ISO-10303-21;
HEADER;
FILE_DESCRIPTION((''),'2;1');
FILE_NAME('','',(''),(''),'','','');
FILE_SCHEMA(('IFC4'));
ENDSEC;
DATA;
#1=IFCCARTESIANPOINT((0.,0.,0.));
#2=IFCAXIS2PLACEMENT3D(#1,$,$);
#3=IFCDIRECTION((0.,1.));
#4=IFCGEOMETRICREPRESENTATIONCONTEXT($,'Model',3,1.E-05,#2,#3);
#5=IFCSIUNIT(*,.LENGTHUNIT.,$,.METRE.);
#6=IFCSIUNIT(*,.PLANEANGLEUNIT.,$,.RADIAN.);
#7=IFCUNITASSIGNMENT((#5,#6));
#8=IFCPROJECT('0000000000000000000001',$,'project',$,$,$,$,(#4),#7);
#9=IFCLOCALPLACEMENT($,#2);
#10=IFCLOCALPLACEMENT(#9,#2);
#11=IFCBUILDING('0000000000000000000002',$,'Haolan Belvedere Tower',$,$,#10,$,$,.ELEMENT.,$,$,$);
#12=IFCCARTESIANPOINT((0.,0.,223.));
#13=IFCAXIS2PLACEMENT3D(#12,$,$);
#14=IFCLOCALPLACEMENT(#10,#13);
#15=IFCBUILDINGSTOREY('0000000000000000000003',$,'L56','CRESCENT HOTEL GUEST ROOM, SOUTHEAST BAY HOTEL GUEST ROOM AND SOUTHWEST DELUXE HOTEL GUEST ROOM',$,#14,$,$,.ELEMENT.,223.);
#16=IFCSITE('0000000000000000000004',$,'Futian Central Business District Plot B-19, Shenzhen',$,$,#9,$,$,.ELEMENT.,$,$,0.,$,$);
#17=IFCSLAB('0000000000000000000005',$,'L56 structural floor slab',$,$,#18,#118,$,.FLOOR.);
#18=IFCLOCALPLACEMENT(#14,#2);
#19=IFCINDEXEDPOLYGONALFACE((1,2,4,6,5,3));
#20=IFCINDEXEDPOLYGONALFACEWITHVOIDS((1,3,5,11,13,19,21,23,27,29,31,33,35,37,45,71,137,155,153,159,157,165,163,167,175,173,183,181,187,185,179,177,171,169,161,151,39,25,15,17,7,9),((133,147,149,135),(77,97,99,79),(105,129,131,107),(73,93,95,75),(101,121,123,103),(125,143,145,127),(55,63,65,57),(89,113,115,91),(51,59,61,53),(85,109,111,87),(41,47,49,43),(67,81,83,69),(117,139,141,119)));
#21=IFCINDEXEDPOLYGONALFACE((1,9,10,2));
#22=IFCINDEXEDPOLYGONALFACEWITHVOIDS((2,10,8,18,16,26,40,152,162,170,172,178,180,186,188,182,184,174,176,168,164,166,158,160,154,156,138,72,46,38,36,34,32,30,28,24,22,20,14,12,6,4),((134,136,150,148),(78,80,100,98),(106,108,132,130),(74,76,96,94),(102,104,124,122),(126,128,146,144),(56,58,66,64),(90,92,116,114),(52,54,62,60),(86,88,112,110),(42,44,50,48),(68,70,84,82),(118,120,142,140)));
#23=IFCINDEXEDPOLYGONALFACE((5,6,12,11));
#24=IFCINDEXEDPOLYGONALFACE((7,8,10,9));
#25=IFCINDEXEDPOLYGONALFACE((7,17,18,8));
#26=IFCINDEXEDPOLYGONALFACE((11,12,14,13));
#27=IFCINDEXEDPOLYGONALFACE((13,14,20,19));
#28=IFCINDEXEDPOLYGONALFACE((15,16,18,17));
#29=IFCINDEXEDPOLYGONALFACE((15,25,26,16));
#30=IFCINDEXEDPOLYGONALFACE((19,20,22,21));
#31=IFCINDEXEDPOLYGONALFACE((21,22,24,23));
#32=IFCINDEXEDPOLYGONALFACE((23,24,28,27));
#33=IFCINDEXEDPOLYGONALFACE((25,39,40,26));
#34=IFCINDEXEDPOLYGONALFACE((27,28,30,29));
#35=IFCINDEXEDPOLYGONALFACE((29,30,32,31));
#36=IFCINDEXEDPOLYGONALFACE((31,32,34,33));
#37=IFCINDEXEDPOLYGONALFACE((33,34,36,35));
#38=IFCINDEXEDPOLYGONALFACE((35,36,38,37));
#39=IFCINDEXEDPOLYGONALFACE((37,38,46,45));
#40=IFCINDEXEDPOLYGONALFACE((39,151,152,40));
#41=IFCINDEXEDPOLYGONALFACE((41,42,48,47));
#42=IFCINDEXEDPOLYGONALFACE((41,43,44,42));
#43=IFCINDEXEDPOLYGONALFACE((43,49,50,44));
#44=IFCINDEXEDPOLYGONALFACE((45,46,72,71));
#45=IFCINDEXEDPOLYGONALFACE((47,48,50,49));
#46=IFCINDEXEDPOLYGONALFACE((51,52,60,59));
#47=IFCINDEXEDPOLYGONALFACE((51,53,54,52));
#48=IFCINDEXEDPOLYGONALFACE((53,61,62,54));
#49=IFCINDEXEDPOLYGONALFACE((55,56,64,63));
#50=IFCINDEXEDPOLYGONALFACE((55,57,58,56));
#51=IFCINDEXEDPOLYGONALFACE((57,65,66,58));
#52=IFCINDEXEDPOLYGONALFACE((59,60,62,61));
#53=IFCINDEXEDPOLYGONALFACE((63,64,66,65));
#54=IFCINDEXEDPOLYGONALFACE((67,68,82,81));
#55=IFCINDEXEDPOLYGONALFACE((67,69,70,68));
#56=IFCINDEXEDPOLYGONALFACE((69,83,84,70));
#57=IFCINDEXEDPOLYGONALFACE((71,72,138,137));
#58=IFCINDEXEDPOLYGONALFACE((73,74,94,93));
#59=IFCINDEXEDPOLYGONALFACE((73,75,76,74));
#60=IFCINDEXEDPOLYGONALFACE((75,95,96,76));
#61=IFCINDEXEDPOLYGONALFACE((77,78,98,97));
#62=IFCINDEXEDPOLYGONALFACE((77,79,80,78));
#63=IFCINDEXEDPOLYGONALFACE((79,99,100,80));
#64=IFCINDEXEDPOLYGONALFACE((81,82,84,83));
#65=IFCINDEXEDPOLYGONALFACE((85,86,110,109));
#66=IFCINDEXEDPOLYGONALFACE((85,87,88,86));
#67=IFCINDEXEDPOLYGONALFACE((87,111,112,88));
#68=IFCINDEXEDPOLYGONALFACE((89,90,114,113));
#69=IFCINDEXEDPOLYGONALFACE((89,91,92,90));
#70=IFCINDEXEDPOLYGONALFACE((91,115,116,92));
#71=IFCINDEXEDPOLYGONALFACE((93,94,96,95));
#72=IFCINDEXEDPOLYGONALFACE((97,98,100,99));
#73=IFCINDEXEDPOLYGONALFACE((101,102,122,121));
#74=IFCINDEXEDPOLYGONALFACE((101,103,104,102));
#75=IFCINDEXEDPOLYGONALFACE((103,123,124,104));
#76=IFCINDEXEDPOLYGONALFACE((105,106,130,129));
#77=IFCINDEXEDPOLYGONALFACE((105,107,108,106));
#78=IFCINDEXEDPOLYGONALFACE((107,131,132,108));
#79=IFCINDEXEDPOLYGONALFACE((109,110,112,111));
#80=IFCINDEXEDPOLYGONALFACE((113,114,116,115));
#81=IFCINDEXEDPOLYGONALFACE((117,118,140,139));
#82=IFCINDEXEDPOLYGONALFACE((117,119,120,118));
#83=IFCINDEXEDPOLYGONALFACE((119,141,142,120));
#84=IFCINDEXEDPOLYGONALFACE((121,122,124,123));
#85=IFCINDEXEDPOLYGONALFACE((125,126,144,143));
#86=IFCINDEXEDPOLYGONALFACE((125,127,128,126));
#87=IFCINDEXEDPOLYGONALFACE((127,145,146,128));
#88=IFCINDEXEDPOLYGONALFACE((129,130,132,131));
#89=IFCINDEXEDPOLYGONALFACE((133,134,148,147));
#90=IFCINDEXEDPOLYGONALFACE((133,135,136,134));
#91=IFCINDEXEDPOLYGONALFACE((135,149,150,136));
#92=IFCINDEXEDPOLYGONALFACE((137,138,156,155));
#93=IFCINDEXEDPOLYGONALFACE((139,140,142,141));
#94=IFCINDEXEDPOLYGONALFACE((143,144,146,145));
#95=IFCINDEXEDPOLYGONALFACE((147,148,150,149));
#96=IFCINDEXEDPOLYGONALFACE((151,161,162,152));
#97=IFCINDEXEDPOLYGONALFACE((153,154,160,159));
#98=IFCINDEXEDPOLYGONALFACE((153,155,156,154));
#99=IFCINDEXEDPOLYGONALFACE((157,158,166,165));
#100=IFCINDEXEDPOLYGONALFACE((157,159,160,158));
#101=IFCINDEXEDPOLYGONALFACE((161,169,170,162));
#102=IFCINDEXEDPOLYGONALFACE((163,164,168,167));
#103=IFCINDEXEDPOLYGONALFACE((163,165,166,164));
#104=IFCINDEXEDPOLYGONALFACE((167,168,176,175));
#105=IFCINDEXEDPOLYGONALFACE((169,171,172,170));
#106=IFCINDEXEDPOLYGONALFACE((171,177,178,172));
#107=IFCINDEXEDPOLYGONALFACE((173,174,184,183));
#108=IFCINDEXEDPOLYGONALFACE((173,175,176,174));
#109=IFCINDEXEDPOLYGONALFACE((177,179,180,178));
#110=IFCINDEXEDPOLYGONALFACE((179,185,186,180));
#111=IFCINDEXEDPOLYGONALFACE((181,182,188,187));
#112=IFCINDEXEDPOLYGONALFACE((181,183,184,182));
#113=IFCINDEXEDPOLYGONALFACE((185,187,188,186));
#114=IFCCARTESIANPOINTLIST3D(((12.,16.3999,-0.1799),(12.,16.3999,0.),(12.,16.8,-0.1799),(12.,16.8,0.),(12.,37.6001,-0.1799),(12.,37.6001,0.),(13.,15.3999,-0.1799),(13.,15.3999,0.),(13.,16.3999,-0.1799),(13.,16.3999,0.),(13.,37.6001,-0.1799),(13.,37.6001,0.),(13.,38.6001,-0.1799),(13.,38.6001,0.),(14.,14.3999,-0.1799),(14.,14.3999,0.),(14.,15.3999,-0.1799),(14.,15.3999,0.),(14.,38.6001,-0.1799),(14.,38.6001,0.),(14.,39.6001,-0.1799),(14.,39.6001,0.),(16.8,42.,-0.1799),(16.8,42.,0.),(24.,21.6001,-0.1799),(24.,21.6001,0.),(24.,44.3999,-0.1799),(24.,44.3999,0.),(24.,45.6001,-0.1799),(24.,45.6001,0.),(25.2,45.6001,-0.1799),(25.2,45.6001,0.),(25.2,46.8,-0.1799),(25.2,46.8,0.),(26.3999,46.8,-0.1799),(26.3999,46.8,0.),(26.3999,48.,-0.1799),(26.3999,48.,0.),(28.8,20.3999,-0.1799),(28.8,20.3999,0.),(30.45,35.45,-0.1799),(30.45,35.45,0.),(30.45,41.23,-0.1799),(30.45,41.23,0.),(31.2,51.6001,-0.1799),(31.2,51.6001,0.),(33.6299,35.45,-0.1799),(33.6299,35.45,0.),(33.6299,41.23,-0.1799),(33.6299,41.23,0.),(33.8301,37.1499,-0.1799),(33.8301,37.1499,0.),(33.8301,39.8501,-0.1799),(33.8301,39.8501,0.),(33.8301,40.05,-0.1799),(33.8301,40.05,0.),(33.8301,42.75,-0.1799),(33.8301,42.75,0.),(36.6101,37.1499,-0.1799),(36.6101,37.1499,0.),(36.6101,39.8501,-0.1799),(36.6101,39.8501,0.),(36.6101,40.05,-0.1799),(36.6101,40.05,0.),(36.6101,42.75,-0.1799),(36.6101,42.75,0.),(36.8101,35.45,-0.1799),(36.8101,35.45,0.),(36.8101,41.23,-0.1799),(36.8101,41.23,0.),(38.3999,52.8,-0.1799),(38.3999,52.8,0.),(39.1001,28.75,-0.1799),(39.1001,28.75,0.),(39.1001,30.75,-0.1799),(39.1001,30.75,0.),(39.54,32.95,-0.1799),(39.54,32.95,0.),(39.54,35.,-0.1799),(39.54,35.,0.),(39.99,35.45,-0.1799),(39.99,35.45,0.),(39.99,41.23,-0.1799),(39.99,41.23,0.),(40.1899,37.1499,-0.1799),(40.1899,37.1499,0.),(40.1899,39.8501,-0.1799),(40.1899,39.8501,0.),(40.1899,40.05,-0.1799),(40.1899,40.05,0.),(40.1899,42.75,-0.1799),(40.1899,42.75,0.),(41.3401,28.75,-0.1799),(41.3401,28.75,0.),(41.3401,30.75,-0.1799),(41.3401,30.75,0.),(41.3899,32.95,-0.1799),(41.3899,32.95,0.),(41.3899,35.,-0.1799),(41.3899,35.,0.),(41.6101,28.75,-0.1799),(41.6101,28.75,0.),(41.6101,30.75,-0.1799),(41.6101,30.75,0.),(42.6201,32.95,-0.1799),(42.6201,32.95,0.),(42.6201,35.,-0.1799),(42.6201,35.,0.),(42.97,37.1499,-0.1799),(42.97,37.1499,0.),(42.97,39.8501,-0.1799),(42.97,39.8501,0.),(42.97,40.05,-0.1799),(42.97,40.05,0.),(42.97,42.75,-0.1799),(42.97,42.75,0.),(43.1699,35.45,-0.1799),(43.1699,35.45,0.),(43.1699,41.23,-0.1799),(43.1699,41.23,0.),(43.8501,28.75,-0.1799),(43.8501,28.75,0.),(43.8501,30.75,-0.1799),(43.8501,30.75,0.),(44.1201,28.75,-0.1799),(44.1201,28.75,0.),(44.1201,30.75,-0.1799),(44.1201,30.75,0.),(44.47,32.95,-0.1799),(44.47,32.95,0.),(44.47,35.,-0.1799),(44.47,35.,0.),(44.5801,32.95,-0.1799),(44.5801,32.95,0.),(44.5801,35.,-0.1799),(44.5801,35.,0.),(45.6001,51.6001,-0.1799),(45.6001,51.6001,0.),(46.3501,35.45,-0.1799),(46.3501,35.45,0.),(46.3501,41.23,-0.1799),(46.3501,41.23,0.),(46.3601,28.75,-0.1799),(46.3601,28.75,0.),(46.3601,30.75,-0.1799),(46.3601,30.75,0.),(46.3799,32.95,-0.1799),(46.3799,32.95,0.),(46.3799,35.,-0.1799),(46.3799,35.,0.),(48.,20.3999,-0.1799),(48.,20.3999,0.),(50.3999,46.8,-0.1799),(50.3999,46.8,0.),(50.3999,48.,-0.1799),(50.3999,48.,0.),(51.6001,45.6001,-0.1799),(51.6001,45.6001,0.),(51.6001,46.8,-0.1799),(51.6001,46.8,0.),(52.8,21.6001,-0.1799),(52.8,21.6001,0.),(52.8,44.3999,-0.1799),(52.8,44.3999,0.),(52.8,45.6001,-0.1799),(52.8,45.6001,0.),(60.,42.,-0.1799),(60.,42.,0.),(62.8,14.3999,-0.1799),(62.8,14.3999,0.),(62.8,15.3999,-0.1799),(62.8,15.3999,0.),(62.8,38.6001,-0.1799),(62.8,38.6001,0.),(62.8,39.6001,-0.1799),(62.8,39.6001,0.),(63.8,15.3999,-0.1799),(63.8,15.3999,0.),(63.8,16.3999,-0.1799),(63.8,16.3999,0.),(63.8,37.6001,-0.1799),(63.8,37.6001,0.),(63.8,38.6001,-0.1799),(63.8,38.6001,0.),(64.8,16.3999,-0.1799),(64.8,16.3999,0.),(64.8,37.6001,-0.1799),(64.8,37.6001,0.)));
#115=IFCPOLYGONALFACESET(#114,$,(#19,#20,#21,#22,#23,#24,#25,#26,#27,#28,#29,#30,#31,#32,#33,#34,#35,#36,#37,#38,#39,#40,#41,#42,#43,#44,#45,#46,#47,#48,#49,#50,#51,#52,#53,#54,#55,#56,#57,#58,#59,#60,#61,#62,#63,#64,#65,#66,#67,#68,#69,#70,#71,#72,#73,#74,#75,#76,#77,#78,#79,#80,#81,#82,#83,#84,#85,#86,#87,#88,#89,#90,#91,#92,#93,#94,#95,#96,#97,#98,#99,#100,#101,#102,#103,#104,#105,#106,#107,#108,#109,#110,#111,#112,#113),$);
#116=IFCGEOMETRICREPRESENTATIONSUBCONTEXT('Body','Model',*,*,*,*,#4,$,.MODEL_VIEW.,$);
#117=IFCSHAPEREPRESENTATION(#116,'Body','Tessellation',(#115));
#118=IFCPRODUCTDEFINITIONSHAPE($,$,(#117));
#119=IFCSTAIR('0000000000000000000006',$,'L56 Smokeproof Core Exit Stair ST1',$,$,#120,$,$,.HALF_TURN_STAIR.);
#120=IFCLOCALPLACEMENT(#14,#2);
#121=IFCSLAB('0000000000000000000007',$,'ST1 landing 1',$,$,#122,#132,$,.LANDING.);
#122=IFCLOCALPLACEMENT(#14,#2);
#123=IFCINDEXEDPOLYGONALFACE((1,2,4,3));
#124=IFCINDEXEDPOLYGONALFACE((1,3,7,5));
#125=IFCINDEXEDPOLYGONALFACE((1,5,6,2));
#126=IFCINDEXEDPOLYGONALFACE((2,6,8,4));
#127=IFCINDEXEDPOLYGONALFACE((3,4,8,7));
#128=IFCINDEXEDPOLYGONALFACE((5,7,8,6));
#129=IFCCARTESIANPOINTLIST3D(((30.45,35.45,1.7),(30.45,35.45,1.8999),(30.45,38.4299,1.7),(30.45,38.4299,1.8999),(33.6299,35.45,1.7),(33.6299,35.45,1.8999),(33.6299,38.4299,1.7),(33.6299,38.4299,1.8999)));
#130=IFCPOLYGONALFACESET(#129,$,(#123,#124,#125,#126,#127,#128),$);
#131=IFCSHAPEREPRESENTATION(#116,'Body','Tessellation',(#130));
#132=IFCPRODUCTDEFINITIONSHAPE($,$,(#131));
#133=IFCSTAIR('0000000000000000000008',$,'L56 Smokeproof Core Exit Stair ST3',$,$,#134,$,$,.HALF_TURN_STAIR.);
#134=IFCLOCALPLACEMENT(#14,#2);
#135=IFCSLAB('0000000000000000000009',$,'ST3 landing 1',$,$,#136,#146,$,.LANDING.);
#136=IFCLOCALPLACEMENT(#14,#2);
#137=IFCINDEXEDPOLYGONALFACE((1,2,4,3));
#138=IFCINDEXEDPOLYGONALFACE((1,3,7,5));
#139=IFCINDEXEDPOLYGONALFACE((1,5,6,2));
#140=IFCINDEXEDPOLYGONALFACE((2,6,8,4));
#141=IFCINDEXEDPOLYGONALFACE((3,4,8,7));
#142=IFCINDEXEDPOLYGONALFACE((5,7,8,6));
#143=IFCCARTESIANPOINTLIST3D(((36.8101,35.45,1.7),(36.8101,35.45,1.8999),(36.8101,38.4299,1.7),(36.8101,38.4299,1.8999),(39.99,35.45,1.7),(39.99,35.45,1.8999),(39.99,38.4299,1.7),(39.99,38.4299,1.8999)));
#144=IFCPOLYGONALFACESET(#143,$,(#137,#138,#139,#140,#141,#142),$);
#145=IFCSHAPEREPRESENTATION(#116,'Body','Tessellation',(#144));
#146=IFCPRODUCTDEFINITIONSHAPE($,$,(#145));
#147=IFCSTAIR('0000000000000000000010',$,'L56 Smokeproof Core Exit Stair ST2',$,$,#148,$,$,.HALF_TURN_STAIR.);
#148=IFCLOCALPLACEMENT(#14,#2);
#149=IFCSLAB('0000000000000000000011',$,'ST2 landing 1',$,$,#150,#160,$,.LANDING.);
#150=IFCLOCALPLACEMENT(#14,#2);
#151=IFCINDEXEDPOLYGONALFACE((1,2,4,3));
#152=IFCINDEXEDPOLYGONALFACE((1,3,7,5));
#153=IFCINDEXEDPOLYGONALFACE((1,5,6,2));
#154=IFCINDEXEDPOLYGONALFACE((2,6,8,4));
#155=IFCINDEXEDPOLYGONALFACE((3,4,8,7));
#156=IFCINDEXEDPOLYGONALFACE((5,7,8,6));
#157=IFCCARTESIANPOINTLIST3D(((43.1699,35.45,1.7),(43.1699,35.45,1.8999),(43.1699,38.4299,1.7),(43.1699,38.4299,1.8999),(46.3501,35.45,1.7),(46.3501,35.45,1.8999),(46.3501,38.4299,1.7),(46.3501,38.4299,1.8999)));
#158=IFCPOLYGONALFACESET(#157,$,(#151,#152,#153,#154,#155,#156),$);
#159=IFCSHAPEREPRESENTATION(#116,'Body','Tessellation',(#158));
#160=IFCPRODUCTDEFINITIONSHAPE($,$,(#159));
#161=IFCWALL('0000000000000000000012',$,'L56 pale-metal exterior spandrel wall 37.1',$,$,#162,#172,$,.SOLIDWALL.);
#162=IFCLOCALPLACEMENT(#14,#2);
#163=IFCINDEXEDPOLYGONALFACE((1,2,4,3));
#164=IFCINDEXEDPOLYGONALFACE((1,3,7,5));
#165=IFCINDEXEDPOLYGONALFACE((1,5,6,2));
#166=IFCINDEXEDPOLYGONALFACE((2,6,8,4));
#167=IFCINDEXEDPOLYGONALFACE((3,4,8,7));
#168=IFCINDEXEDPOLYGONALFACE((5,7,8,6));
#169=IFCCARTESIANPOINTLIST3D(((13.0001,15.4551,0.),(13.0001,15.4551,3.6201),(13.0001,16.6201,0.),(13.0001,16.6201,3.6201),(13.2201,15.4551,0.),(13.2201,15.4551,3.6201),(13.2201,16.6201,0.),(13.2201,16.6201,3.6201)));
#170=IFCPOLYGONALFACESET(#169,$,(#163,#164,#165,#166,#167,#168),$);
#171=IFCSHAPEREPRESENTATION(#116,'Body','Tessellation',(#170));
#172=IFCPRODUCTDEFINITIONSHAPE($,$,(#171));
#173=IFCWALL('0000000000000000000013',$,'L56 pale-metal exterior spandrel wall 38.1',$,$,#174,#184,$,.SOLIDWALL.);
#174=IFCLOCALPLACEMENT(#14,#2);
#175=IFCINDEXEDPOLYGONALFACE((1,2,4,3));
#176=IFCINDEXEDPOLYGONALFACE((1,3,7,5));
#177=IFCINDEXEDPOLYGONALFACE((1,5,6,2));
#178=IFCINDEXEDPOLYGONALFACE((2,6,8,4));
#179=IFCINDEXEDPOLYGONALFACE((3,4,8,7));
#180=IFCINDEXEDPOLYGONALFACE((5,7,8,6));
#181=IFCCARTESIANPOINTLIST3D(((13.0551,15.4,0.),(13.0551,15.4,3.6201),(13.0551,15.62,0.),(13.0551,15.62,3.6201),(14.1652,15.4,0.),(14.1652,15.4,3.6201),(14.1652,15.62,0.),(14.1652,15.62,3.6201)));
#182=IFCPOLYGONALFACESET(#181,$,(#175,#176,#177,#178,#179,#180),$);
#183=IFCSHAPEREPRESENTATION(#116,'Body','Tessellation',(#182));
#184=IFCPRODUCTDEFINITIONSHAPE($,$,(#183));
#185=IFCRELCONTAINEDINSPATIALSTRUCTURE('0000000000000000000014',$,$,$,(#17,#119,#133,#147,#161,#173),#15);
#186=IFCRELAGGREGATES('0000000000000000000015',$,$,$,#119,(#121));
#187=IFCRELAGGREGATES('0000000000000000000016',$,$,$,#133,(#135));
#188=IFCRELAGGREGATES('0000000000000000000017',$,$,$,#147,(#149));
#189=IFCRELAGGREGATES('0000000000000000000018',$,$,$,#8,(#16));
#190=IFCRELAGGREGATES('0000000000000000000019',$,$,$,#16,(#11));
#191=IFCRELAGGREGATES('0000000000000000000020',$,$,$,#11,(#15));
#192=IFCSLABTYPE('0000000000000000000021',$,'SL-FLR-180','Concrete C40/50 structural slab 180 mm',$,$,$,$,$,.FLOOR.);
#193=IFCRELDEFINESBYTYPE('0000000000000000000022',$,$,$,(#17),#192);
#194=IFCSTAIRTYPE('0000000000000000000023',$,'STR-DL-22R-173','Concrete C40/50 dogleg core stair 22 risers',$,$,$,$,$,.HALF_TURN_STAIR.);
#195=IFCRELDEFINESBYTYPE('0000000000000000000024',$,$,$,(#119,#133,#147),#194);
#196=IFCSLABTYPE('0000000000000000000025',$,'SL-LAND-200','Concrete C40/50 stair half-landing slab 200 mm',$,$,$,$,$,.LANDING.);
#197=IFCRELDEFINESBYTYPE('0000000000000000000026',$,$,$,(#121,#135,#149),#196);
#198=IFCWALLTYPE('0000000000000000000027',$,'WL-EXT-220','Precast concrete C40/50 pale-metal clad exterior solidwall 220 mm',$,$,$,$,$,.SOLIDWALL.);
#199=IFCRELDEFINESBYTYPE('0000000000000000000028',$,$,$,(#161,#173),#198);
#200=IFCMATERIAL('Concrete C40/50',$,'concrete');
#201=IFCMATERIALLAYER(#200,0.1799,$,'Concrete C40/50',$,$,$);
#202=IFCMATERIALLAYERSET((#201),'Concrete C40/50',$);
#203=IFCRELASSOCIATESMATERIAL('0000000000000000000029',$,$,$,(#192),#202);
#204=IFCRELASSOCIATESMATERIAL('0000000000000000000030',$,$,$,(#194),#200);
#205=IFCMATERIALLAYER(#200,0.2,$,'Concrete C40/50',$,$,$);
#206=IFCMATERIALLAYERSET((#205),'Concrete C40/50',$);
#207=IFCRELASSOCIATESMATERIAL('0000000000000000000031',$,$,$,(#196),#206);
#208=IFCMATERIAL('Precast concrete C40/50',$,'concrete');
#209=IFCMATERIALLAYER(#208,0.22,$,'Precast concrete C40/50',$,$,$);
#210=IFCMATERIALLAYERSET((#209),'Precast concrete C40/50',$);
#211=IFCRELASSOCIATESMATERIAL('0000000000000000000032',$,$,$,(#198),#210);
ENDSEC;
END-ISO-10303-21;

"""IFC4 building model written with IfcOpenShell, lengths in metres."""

from ifc_helpers import new_model, si_unit, direction, frame, frame_2d, origin, place, context, subcontext, project, spatial, polyline, rectangle, outline, extrude, material, layer, layer_set, type_object, element, aggregate, save


model = new_model("IFC4")

# Units and contexts
model_context = context("Model", 3, precision=1e-05, world=origin(), true_north=direction((0.0, 1.0)))
body_context = subcontext(model_context, "Body", "Model", "MODEL_VIEW")
ifc_project = project(units=[si_unit("LENGTHUNIT", "METRE"), si_unit("PLANEANGLEUNIT", "RADIAN")], contexts=[model_context])

# Site, building, storey
site_placement = place(None, origin())
site = spatial("IfcSite", under=ifc_project, at=site_placement, Name="Futian Central Business District Plot B-19, Shenzhen", CompositionType="ELEMENT", RefElevation=0.0)
building_placement = place(site_placement, origin())
building = spatial("IfcBuilding", under=site, at=building_placement, Name="Haolan Belvedere Tower", CompositionType="ELEMENT")
storey_placement = place(building_placement, frame((0.0, 0.0, 223.0)))
storey = spatial("IfcBuildingStorey", under=building, at=storey_placement, Name="L56", Description="CRESCENT HOTEL GUEST ROOM, SOUTHEAST BAY HOTEL GUEST ROOM AND SOUTHWEST DELUXE HOTEL GUEST ROOM", CompositionType="ELEMENT", Elevation=223.0)

# Slab
ifc_material_1 = material(Name="Concrete C40/50", Category="concrete")
ifc_layer_1 = layer(ifc_material_1, 0.1799, Name="Concrete C40/50")
ifc_layer_set_1 = layer_set([ifc_layer_1], Name="Concrete C40/50")
slab_type_1 = type_object("IfcSlabType", Name="SL-FLR-180", Description="Concrete C40/50 structural slab 180 mm", PredefinedType="FLOOR", material=ifc_layer_set_1)
slab_1_placement = place(storey_placement, frame((0.0, 0.0, -0.1799)))
element("IfcSlab", 1, at=slab_1_placement, inside=storey, type_object=slab_type_1, Name="L56 structural floor slab", PredefinedType="FLOOR", context=body_context, shape_type="SweptSolid", body=[
    extrude(outline(polyline([(24.0, 21.6001), (28.8, 20.3999), (48.0, 20.3999), (52.8, 21.6001), (62.8, 14.3999), (62.8, 15.3999), (63.8, 15.3999), (63.8, 16.3999), (64.8, 16.3999), (64.8, 37.6001), (63.8, 37.6001), (63.8, 38.6001), (62.8, 38.6001), (62.8, 39.6001), (60.0, 42.0), (52.8, 44.3999), (52.8, 45.6001), (51.6001, 45.6001), (51.6001, 46.8), (50.3999, 46.8), (50.3999, 48.0), (45.6001, 51.6001), (38.3999, 52.8), (31.2, 51.6001), (26.3999, 48.0), (26.3999, 46.8), (25.2, 46.8), (25.2, 45.6001), (24.0, 45.6001), (24.0, 44.3999), (16.8, 42.0), (14.0, 39.6001), (14.0, 38.6001), (13.0, 38.6001), (13.0, 37.6001), (12.0, 37.6001), (12.0, 16.8), (12.0, 16.3999), (13.0, 16.3999), (13.0, 15.3999), (14.0, 15.3999), (14.0, 14.3999), (24.0, 21.6001)]), holes=[polyline([(30.45, 41.23), (30.45, 35.45), (33.6299, 35.45), (33.6299, 41.23), (30.45, 41.23)]), polyline([(36.8101, 41.23), (36.8101, 35.45), (39.99, 35.45), (39.99, 41.23), (36.8101, 41.23)]), polyline([(43.1699, 41.23), (43.1699, 35.45), (46.3501, 35.45), (46.3501, 41.23), (43.1699, 41.23)]), polyline([(33.8301, 40.05), (36.6101, 40.05), (36.6101, 42.75), (33.8301, 42.75), (33.8301, 40.05)]), polyline([(33.8301, 37.1499), (36.6101, 37.1499), (36.6101, 39.8501), (33.8301, 39.8501), (33.8301, 37.1499)]), polyline([(40.1899, 40.05), (42.97, 40.05), (42.97, 42.75), (40.1899, 42.75), (40.1899, 40.05)]), polyline([(40.1899, 37.1499), (42.97, 37.1499), (42.97, 39.8501), (40.1899, 39.8501), (40.1899, 37.1499)]), polyline([(39.54, 32.95), (41.3899, 32.95), (41.3899, 35.0), (39.54, 35.0), (39.54, 32.95)]), polyline([(42.6201, 32.95), (44.47, 32.95), (44.47, 35.0), (42.6201, 35.0), (42.6201, 32.95)]), polyline([(44.5801, 32.95), (46.3799, 32.95), (46.3799, 35.0), (44.5801, 35.0), (44.5801, 32.95)]), polyline([(39.1001, 28.75), (41.3401, 28.75), (41.3401, 30.75), (39.1001, 30.75), (39.1001, 28.75)]), polyline([(41.6101, 28.75), (43.8501, 28.75), (43.8501, 30.75), (41.6101, 30.75), (41.6101, 28.75)]), polyline([(44.1201, 28.75), (46.3601, 28.75), (46.3601, 30.75), (44.1201, 30.75), (44.1201, 28.75)])]), origin(), (0.0, 0.0, 1.0), 0.1799),
])

# Stairs, slabs
stair_type = type_object("IfcStairType", Name="STR-DL-22R-173", Description="Concrete C40/50 dogleg core stair 22 risers", PredefinedType="HALF_TURN_STAIR", material=ifc_material_1)
stair_1_placement = place(storey_placement, origin())
stair_1 = element("IfcStair", 2, at=stair_1_placement, inside=storey, type_object=stair_type, Name="L56 Smokeproof Core Exit Stair ST1", PredefinedType="HALF_TURN_STAIR")
ifc_layer_2 = layer(ifc_material_1, 0.2, Name="Concrete C40/50")
ifc_layer_set_2 = layer_set([ifc_layer_2], Name="Concrete C40/50")
slab_type_2 = type_object("IfcSlabType", Name="SL-LAND-200", Description="Concrete C40/50 stair half-landing slab 200 mm", PredefinedType="LANDING", material=ifc_layer_set_2)
slab_2_placement = place(storey_placement, frame((0.0, 0.0, 1.7)))
slab_2 = element("IfcSlab", 3, at=slab_2_placement, type_object=slab_type_2, Name="ST1 landing 1", PredefinedType="LANDING", context=body_context, shape_type="SweptSolid", body=[
    extrude(outline(polyline([(30.45, 38.4299), (30.45, 35.45), (33.6299, 35.45), (33.6299, 38.4299), (30.45, 38.4299)])), origin(), (0.0, 0.0, 1.0), 0.2),
])
aggregate(stair_1, [slab_2])
stair_2_placement = place(storey_placement, origin())
stair_2 = element("IfcStair", 4, at=stair_2_placement, inside=storey, type_object=stair_type, Name="L56 Smokeproof Core Exit Stair ST3", PredefinedType="HALF_TURN_STAIR")
slab_3_placement = place(storey_placement, frame((0.0, 0.0, 1.7)))
slab_3 = element("IfcSlab", 5, at=slab_3_placement, type_object=slab_type_2, Name="ST3 landing 1", PredefinedType="LANDING", context=body_context, shape_type="SweptSolid", body=[
    extrude(outline(polyline([(36.8101, 38.4299), (36.8101, 35.45), (39.99, 35.45), (39.99, 38.4299), (36.8101, 38.4299)])), origin(), (0.0, 0.0, 1.0), 0.2),
])
aggregate(stair_2, [slab_3])
stair_3_placement = place(storey_placement, origin())
stair_3 = element("IfcStair", 6, at=stair_3_placement, inside=storey, type_object=stair_type, Name="L56 Smokeproof Core Exit Stair ST2", PredefinedType="HALF_TURN_STAIR")
slab_4_placement = place(storey_placement, frame((0.0, 0.0, 1.7)))
slab_4 = element("IfcSlab", 7, at=slab_4_placement, type_object=slab_type_2, Name="ST2 landing 1", PredefinedType="LANDING", context=body_context, shape_type="SweptSolid", body=[
    extrude(outline(polyline([(43.1699, 38.4299), (43.1699, 35.45), (46.3501, 35.45), (46.3501, 38.4299), (43.1699, 38.4299)])), origin(), (0.0, 0.0, 1.0), 0.2),
])
aggregate(stair_3, [slab_4])

# Walls
ifc_material_2 = material(Name="Precast concrete C40/50", Category="concrete")
ifc_layer_3 = layer(ifc_material_2, 0.22, Name="Precast concrete C40/50")
ifc_layer_set_3 = layer_set([ifc_layer_3], Name="Precast concrete C40/50")
wall_type_1 = type_object("IfcWallType", Name="WL-EXT-220", Description="Precast concrete C40/50 pale-metal clad exterior solidwall 220 mm", PredefinedType="SOLIDWALL", material=ifc_layer_set_3)
wall_1_placement = place(storey_placement, frame((13.1101, 16.6201, 0.0), z_axis=(0.0, 0.0, 1.0), x_axis=(0.0, -1.0, 0.0)))
element("IfcWall", 8, at=wall_1_placement, inside=storey, type_object=wall_type_1, Name="L56 pale-metal exterior spandrel wall 37.1", PredefinedType="SOLIDWALL", context=body_context, shape_type="SweptSolid", body=[
    extrude(rectangle(XDim=1.165, YDim=0.22, at=frame_2d((0.5825, 0.0))), origin(), (0.0, 0.0, 1.0), 3.6201),
])
wall_2_placement = place(storey_placement, frame((13.0549, 15.51, 0.0), z_axis=(0.0, 0.0, 1.0), x_axis=(1.0, 0.0, 0.0)))
element("IfcWall", 9, at=wall_2_placement, inside=storey, type_object=wall_type_1, Name="L56 pale-metal exterior spandrel wall 38.1", PredefinedType="SOLIDWALL", context=body_context, shape_type="SweptSolid", body=[
    extrude(rectangle(XDim=1.1101, YDim=0.22, at=frame_2d((0.5552, 0.0))), origin(), (0.0, 0.0, 1.0), 3.6201),
])

save(model, "model.ifc")
